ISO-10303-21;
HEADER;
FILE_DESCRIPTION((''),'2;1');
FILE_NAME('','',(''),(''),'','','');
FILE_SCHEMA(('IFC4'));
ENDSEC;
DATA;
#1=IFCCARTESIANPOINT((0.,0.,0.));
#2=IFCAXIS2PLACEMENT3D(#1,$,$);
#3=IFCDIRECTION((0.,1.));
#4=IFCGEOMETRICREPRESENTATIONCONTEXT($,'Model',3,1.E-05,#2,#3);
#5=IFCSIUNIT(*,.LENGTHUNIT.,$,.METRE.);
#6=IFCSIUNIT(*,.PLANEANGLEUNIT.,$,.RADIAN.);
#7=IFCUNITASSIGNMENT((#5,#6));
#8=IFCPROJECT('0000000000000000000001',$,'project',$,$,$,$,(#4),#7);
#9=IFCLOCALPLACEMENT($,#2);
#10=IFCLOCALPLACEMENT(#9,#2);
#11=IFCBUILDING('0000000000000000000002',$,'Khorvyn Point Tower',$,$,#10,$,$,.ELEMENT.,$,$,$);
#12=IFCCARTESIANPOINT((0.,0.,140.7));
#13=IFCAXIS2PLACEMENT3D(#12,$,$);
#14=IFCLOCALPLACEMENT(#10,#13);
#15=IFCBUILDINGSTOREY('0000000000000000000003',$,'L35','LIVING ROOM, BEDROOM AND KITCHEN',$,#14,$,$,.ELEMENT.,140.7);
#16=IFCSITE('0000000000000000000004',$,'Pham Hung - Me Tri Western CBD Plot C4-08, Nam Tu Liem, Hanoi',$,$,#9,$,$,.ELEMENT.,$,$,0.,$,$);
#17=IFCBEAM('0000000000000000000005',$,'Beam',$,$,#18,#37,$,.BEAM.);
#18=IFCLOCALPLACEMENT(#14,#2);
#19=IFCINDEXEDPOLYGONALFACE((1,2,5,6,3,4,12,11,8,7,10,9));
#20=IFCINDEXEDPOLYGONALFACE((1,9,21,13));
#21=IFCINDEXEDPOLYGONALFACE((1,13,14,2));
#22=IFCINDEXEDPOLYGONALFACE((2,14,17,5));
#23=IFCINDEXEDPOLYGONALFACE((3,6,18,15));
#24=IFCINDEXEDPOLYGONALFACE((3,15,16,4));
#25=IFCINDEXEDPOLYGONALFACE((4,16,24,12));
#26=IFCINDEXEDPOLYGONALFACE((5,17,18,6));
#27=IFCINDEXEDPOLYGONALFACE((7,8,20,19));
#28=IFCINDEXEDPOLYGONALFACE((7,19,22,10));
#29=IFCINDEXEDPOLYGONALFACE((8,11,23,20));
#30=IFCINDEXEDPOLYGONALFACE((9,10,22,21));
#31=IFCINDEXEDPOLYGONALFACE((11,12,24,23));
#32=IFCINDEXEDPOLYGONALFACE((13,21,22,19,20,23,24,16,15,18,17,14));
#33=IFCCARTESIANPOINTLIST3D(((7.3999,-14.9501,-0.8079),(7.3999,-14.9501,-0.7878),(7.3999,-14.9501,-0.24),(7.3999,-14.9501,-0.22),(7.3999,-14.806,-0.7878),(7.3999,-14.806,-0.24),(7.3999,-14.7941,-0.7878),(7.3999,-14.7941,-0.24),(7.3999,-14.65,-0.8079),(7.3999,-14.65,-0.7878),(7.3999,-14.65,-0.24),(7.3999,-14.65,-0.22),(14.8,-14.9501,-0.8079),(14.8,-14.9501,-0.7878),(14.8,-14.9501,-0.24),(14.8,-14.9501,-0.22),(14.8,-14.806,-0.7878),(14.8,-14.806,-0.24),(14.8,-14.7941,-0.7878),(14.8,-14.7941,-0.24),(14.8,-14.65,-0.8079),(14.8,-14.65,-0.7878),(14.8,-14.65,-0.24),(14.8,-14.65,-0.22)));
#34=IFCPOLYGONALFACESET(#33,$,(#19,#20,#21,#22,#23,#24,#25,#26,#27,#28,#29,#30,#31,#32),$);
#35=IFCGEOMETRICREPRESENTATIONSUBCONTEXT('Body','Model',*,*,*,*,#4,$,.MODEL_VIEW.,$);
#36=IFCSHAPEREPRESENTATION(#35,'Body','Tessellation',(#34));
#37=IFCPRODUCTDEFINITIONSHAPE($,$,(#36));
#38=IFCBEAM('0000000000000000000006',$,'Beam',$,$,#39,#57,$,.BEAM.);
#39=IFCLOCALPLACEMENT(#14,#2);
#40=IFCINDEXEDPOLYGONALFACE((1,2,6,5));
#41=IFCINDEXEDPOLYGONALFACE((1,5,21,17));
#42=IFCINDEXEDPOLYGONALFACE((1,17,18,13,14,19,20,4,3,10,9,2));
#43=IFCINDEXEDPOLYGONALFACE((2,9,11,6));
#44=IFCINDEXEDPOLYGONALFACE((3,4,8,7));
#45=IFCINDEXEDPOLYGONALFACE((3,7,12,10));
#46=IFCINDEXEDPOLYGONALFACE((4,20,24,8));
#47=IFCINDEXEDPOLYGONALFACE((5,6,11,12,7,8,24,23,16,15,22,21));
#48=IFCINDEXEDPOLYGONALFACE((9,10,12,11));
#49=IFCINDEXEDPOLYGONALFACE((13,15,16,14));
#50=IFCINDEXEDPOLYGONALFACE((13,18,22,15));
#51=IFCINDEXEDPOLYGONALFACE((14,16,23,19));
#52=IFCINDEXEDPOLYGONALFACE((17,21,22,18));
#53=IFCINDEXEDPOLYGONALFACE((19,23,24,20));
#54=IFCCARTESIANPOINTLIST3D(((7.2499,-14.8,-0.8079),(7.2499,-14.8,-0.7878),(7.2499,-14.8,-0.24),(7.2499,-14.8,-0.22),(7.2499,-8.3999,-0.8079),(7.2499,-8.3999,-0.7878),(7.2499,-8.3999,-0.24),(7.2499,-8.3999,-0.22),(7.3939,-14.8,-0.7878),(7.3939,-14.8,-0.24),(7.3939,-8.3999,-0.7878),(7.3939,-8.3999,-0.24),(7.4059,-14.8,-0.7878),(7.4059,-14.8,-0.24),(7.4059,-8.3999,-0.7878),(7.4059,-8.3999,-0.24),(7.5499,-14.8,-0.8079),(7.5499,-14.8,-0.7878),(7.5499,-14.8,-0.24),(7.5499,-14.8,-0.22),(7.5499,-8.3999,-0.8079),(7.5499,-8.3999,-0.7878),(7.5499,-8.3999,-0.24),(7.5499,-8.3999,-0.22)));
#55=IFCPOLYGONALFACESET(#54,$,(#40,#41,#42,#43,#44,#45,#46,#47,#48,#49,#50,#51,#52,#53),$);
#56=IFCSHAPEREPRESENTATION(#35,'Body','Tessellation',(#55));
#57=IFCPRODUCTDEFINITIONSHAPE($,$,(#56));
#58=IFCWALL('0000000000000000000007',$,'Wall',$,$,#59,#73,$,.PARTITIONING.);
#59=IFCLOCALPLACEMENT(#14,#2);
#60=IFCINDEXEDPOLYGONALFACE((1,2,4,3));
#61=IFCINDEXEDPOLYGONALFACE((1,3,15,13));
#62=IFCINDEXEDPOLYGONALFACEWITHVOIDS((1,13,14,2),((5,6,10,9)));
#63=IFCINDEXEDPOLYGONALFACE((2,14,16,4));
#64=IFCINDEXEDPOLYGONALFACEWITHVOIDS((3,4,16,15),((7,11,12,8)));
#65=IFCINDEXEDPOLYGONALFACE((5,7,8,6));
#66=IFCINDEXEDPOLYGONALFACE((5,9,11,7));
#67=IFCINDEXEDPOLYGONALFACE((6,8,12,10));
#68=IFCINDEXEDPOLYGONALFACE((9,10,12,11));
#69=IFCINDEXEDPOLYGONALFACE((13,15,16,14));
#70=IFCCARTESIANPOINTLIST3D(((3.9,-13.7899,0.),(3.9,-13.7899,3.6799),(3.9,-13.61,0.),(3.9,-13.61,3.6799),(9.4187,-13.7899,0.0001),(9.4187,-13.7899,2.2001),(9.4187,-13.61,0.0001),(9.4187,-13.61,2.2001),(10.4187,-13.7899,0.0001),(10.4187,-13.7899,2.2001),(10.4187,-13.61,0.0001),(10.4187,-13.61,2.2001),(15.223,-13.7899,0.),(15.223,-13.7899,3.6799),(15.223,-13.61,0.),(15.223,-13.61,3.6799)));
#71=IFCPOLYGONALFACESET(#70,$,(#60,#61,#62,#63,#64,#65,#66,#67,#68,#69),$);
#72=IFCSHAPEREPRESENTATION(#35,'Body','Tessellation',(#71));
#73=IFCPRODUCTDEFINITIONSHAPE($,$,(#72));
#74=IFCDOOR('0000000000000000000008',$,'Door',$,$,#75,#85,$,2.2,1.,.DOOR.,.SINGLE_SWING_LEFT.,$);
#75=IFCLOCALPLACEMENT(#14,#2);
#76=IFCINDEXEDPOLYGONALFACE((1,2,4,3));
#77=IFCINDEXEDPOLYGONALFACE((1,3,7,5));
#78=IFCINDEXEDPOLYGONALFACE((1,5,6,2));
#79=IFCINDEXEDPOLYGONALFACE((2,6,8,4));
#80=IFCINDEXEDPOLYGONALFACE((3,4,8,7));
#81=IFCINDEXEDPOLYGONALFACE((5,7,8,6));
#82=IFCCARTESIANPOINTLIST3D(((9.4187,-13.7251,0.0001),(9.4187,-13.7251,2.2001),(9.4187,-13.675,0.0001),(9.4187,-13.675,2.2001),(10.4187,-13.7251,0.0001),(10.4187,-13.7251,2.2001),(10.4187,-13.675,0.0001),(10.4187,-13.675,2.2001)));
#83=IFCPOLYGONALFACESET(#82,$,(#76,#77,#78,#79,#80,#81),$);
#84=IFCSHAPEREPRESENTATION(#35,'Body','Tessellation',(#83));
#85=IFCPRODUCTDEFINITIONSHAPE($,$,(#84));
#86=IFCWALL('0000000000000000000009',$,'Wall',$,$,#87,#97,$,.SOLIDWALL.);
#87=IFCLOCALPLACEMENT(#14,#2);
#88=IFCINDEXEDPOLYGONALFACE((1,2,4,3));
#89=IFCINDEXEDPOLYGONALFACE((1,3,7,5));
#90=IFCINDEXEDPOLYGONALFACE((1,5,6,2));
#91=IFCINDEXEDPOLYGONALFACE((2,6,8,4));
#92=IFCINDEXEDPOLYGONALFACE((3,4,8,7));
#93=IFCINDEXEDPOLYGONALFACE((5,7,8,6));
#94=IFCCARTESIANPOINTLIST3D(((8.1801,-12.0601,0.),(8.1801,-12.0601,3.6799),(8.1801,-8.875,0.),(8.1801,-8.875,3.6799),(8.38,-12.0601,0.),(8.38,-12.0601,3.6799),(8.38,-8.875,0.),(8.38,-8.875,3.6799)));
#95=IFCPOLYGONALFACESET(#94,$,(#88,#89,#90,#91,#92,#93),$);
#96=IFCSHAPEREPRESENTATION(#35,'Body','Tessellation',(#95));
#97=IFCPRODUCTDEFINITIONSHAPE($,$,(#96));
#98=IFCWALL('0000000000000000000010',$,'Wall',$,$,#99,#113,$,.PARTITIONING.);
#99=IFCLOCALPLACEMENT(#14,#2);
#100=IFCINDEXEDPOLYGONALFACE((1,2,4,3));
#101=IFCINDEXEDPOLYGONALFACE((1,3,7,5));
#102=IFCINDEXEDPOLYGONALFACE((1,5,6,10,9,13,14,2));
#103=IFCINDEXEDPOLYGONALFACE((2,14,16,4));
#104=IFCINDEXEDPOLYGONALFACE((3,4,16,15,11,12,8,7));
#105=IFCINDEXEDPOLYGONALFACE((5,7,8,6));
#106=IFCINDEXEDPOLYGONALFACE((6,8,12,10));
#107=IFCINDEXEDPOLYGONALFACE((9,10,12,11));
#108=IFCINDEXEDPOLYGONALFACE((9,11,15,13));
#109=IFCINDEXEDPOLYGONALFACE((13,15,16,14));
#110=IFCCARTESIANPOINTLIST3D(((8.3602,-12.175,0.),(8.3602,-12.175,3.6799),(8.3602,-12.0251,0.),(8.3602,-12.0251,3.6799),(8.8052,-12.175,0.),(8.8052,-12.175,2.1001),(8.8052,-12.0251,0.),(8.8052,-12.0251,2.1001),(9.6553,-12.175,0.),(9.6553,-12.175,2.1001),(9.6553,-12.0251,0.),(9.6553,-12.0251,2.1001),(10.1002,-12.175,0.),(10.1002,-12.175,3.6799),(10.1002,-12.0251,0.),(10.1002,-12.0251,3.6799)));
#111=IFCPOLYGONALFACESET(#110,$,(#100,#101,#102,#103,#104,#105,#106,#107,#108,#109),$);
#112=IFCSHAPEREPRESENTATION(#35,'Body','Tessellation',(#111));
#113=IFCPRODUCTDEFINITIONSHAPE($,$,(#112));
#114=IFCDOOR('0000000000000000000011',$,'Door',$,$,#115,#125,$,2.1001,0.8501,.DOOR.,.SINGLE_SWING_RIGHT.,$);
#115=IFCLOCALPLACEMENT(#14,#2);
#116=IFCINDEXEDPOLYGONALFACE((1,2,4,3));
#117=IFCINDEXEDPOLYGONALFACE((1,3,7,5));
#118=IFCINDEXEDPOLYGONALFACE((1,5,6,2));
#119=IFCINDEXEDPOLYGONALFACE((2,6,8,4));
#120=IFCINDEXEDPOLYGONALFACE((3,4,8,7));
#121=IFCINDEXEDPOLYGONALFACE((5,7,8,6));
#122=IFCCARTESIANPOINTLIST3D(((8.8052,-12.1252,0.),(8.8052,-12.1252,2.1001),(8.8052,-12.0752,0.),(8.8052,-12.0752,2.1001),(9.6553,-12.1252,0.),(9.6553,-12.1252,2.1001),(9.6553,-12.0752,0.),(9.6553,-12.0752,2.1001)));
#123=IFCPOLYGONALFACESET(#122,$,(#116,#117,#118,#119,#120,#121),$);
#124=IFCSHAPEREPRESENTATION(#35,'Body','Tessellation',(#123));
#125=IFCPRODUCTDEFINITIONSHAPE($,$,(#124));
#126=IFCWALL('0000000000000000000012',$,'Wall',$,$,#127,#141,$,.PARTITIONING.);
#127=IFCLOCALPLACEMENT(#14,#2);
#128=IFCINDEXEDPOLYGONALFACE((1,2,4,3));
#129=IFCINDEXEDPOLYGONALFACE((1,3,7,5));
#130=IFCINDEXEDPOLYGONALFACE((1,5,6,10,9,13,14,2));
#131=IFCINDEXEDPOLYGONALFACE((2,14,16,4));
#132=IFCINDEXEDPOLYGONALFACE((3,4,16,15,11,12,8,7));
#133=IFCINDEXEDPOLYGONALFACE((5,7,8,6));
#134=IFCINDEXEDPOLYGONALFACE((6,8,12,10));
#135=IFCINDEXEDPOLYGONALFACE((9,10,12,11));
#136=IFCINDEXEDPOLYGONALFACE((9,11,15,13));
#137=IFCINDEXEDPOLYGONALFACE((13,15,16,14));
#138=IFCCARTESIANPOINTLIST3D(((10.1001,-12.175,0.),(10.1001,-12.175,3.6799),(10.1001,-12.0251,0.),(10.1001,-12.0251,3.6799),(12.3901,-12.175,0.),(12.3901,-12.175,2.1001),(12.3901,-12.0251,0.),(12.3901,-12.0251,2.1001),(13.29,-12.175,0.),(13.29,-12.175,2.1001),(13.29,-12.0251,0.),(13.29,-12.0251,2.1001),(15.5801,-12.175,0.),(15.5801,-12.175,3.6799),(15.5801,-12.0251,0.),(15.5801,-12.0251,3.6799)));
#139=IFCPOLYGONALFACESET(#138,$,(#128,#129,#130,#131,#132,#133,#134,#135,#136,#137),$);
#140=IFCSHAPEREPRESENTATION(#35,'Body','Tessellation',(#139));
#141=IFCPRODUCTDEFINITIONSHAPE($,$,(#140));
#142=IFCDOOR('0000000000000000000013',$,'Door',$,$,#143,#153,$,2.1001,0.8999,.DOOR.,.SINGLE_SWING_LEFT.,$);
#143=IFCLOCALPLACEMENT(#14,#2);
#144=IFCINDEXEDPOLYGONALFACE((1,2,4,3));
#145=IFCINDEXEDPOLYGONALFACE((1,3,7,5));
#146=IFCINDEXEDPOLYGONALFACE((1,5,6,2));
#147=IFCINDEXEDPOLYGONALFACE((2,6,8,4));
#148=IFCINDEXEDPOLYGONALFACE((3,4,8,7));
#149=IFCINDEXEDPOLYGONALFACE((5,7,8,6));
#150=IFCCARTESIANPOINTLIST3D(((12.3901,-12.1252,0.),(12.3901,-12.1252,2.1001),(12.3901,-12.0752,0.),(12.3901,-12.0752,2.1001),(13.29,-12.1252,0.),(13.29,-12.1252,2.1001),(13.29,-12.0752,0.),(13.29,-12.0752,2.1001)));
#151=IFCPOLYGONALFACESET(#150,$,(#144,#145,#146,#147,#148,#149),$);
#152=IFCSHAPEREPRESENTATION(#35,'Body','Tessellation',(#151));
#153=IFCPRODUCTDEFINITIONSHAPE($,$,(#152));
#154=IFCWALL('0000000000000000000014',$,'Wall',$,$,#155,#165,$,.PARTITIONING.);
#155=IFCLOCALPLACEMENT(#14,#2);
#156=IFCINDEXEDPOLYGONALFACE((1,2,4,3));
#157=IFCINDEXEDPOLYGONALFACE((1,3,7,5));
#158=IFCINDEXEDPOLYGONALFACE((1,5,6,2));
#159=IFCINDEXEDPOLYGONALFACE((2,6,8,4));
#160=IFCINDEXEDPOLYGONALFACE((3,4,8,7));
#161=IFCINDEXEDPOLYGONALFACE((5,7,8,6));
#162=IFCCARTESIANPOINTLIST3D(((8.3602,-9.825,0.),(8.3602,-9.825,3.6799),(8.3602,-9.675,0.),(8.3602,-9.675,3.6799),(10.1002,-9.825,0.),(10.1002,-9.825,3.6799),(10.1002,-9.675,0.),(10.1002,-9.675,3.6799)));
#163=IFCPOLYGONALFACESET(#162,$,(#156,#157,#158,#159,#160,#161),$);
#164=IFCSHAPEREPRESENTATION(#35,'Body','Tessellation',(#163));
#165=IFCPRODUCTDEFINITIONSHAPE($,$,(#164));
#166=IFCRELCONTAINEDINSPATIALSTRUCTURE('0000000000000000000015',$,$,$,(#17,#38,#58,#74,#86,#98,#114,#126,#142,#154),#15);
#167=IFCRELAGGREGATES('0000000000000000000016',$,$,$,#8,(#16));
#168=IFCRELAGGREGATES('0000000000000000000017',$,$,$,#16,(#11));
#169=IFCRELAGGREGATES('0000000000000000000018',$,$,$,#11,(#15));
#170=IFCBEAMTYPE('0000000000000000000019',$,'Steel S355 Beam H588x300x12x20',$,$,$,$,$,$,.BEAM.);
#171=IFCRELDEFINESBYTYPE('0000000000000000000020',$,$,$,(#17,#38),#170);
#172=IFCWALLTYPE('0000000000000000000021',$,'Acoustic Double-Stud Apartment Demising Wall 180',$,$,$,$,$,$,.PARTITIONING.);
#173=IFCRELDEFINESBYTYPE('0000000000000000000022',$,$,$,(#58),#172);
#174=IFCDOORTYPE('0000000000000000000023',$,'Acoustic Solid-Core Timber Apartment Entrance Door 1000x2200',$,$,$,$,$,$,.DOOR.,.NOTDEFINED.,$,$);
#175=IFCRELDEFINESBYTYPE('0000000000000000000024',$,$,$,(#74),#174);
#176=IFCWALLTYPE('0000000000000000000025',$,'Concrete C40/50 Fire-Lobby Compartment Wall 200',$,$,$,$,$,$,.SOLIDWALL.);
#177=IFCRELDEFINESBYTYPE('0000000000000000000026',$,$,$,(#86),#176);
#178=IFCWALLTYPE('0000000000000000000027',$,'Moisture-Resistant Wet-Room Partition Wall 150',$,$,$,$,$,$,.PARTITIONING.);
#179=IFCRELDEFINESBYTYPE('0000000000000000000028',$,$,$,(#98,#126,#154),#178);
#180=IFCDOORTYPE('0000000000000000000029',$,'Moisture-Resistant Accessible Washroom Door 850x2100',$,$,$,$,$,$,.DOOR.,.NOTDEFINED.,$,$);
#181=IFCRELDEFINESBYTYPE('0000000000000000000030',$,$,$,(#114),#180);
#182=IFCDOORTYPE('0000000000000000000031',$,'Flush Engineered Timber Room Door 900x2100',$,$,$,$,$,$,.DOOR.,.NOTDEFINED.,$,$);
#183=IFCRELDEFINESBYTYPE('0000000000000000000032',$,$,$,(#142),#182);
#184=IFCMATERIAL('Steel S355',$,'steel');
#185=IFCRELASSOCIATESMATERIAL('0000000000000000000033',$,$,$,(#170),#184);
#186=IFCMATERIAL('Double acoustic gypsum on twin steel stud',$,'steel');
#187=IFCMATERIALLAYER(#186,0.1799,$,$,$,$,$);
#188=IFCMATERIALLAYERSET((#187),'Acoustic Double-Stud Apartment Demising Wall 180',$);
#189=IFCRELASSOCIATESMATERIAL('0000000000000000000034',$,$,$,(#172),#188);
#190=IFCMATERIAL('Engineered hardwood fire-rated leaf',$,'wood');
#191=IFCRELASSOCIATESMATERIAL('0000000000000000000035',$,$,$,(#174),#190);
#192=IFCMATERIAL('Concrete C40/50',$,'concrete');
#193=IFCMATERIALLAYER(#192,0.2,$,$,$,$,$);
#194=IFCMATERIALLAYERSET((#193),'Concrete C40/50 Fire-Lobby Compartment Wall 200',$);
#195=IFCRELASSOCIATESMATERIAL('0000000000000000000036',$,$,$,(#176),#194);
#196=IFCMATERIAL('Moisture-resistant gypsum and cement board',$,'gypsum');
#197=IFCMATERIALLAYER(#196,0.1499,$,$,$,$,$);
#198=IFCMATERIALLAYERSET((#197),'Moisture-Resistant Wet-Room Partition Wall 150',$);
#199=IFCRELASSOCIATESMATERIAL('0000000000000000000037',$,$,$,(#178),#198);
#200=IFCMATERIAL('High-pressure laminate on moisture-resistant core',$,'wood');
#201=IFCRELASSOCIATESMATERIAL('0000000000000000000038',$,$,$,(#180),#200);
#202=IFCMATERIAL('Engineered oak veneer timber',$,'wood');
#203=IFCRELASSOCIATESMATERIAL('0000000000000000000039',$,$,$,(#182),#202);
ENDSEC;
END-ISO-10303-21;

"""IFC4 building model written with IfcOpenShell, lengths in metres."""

from ifc_helpers import new_model, si_unit, direction, frame, frame_2d, origin, origin_2d, place, context, subcontext, project, spatial, rectangle, i_section, extrude, material, layer, layer_set, material_profile, profile_set, type_object, element, fill, save


model = new_model("IFC4")

# Units and contexts
model_context = context("Model", 3, precision=1e-05, world=origin(), true_north=direction((0.0, 1.0)))
body_context = subcontext(model_context, "Body", "Model", "MODEL_VIEW")
ifc_project = project(units=[si_unit("LENGTHUNIT", "METRE"), si_unit("PLANEANGLEUNIT", "RADIAN")], contexts=[model_context])

# Site, building, storey
site_placement = place(None, origin())
site = spatial("IfcSite", under=ifc_project, at=site_placement, Name="Pham Hung - Me Tri Western CBD Plot C4-08, Nam Tu Liem, Hanoi", CompositionType="ELEMENT", RefElevation=0.0)
building_placement = place(site_placement, origin())
building = spatial("IfcBuilding", under=site, at=building_placement, Name="Khorvyn Point Tower", CompositionType="ELEMENT")
storey_placement = place(building_placement, frame((0.0, 0.0, 140.7)))
storey = spatial("IfcBuildingStorey", under=building, at=storey_placement, Name="L35", Description="LIVING ROOM, BEDROOM AND KITCHEN", CompositionType="ELEMENT", Elevation=140.7)

# Beams
ifc_material_1 = material(Name="Steel S355", Category="steel")
ifc_material_profile = material_profile(ifc_material_1, i_section(OverallWidth=0.3, OverallDepth=0.5879, WebThickness=0.012, FlangeThickness=0.02, at=origin_2d()))
ifc_profile_set = profile_set([ifc_material_profile], Name="Steel S355 H588x300x12x20")
beam_type = type_object("IfcBeamType", Name="Steel S355 Beam H588x300x12x20", PredefinedType="BEAM", material=ifc_profile_set)
beam_1_placement = place(storey_placement, frame((7.3999, -14.8, -0.5139), z_axis=(1.0, 0.0, 0.0), x_axis=(0.0, 1.0, 0.0)))
element("IfcBeam", 1, at=beam_1_placement, inside=storey, type_object=beam_type, Name="Beam", PredefinedType="BEAM", context=body_context, shape_type="SweptSolid", body=[
    extrude(i_section(OverallWidth=0.3, OverallDepth=0.5879, WebThickness=0.012, FlangeThickness=0.02, at=origin_2d()), origin(), (0.0, 0.0, 1.0), 7.4001),
])
beam_2_placement = place(storey_placement, frame((7.3999, -14.8, -0.5139), z_axis=(0.0, 1.0, 0.0), x_axis=(-1.0, 0.0, 0.0)))
element("IfcBeam", 2, at=beam_2_placement, inside=storey, type_object=beam_type, Name="Beam", PredefinedType="BEAM", context=body_context, shape_type="SweptSolid", body=[
    extrude(i_section(OverallWidth=0.3, OverallDepth=0.5879, WebThickness=0.012, FlangeThickness=0.02, at=origin_2d()), origin(), (0.0, 0.0, 1.0), 6.4001),
])

# Wall, opening, door
ifc_material_2 = material(Name="Double acoustic gypsum on twin steel stud", Category="steel")
ifc_layer_1 = layer(ifc_material_2, 0.1799)
ifc_layer_set_1 = layer_set([ifc_layer_1], Name="Acoustic Double-Stud Apartment Demising Wall 180")
wall_type_1 = type_object("IfcWallType", Name="Acoustic Double-Stud Apartment Demising Wall 180", PredefinedType="PARTITIONING", material=ifc_layer_set_1)
wall_1_placement = place(storey_placement, frame((3.8999, -13.7, 0.0), z_axis=(0.0, 0.0, 1.0), x_axis=(1.0, 0.0, 0.0)))
wall_1 = element("IfcWall", 3, at=wall_1_placement, inside=storey, type_object=wall_type_1, Name="Wall", PredefinedType="PARTITIONING", context=body_context, shape_type="SweptSolid", body=[
    extrude(rectangle(XDim=11.323, YDim=0.1799, at=frame_2d((5.6616, 0.0))), origin(), (0.0, 0.0, 1.0), 3.6799),
])
opening_1_placement = place(wall_1_placement, frame((5.5188, 0.0, 0.0)))
opening_1 = element("IfcOpeningElement", 4, at=opening_1_placement, cuts=wall_1, PredefinedType="OPENING", context=body_context, shape_type="SweptSolid", body=[
    extrude(rectangle(XDim=1.0, YDim=2.2, at=frame_2d((0.5, 1.1001))), frame((0.0, 0.0999, 0.0), z_axis=(0.0, -1.0, 0.0), x_axis=(1.0, 0.0, 0.0)), (0.0, 0.0, 1.0), 0.2),
])
ifc_material_3 = material(Name="Engineered hardwood fire-rated leaf", Category="wood")
door_type_1 = type_object("IfcDoorType", Name="Acoustic Solid-Core Timber Apartment Entrance Door 1000x2200", OperationType="NOTDEFINED", PredefinedType="DOOR", material=ifc_material_3)
door_1_placement = place(opening_1_placement, origin())
door_1 = element("IfcDoor", 5, at=door_1_placement, inside=storey, type_object=door_type_1, Name="Door", OperationType="SINGLE_SWING_LEFT", OverallHeight=2.2, OverallWidth=1.0, PredefinedType="DOOR", context=body_context, shape_type="SweptSolid", body=[
    extrude(rectangle(XDim=1.0, YDim=2.2, at=frame_2d((0.5, 1.1001))), frame((0.0, 0.0249, 0.0), z_axis=(0.0, -1.0, 0.0), x_axis=(1.0, 0.0, 0.0)), (0.0, 0.0, 1.0), 0.05),
])
fill(opening_1, door_1)
ifc_material_4 = material(Name="Concrete C40/50", Category="concrete")
ifc_layer_2 = layer(ifc_material_4, 0.2)
ifc_layer_set_2 = layer_set([ifc_layer_2], Name="Concrete C40/50 Fire-Lobby Compartment Wall 200")
wall_type_2 = type_object("IfcWallType", Name="Concrete C40/50 Fire-Lobby Compartment Wall 200", PredefinedType="SOLIDWALL", material=ifc_layer_set_2)

# Wall
wall_2_placement = place(storey_placement, frame((8.28, -12.0601, 0.0), z_axis=(0.0, 0.0, 1.0), x_axis=(0.0, 1.0, 0.0)))
element("IfcWall", 6, at=wall_2_placement, inside=storey, type_object=wall_type_2, Name="Wall", PredefinedType="SOLIDWALL", context=body_context, shape_type="SweptSolid", body=[
    extrude(rectangle(XDim=3.1851, YDim=0.2, at=frame_2d((1.5925, 0.0))), origin(), (0.0, 0.0, 1.0), 3.6799),
])

# Walls, openings, doors
ifc_material_5 = material(Name="Moisture-resistant gypsum and cement board", Category="gypsum")
ifc_layer_3 = layer(ifc_material_5, 0.1499)
ifc_layer_set_3 = layer_set([ifc_layer_3], Name="Moisture-Resistant Wet-Room Partition Wall 150")
wall_type_3 = type_object("IfcWallType", Name="Moisture-Resistant Wet-Room Partition Wall 150", PredefinedType="PARTITIONING", material=ifc_layer_set_3)
wall_3_placement = place(storey_placement, frame((8.3601, -12.1001, 0.0), z_axis=(0.0, 0.0, 1.0), x_axis=(1.0, 0.0, 0.0)))
wall_3 = element("IfcWall", 7, at=wall_3_placement, inside=storey, type_object=wall_type_3, Name="Wall", PredefinedType="PARTITIONING", context=body_context, shape_type="SweptSolid", body=[
    extrude(rectangle(XDim=1.74, YDim=0.1499, at=frame_2d((0.8701, 0.0))), origin(), (0.0, 0.0, 1.0), 3.6799),
])
opening_2_placement = place(wall_3_placement, frame((0.4451, 0.0, 0.0)))
opening_2 = element("IfcOpeningElement", 8, at=opening_2_placement, cuts=wall_3, PredefinedType="OPENING", context=body_context, shape_type="SweptSolid", body=[
    extrude(rectangle(XDim=0.8501, YDim=2.1001, at=frame_2d((0.425, 1.05))), frame((0.0, 0.085, 0.0), z_axis=(0.0, -1.0, 0.0), x_axis=(1.0, 0.0, 0.0)), (0.0, 0.0, 1.0), 0.1699),
])
ifc_material_6 = material(Name="High-pressure laminate on moisture-resistant core", Category="wood")
door_type_2 = type_object("IfcDoorType", Name="Moisture-Resistant Accessible Washroom Door 850x2100", OperationType="NOTDEFINED", PredefinedType="DOOR", material=ifc_material_6)
door_2_placement = place(opening_2_placement, origin())
door_2 = element("IfcDoor", 9, at=door_2_placement, inside=storey, type_object=door_type_2, Name="Door", OperationType="SINGLE_SWING_RIGHT", OverallHeight=2.1001, OverallWidth=0.8501, PredefinedType="DOOR", context=body_context, shape_type="SweptSolid", body=[
    extrude(rectangle(XDim=0.8501, YDim=2.1001, at=frame_2d((0.425, 1.05))), frame((0.0, 0.0249, 0.0), z_axis=(0.0, -1.0, 0.0), x_axis=(1.0, 0.0, 0.0)), (0.0, 0.0, 1.0), 0.05),
])
fill(opening_2, door_2)
wall_4_placement = place(storey_placement, frame((10.1001, -12.1001, 0.0), z_axis=(0.0, 0.0, 1.0), x_axis=(1.0, 0.0, 0.0)))
wall_4 = element("IfcWall", 10, at=wall_4_placement, inside=storey, type_object=wall_type_3, Name="Wall", PredefinedType="PARTITIONING", context=body_context, shape_type="SweptSolid", body=[
    extrude(rectangle(XDim=5.48, YDim=0.1499, at=frame_2d((2.74, 0.0))), origin(), (0.0, 0.0, 1.0), 3.6799),
])
opening_3_placement = place(wall_4_placement, frame((2.29, 0.0, 0.0)))
opening_3 = element("IfcOpeningElement", 11, at=opening_3_placement, cuts=wall_4, PredefinedType="OPENING", context=body_context, shape_type="SweptSolid", body=[
    extrude(rectangle(XDim=0.8999, YDim=2.1001, at=frame_2d((0.45, 1.05))), frame((0.0, 0.085, 0.0), z_axis=(0.0, -1.0, 0.0), x_axis=(1.0, 0.0, 0.0)), (0.0, 0.0, 1.0), 0.1699),
])
ifc_material_7 = material(Name="Engineered oak veneer timber", Category="wood")
door_type_3 = type_object("IfcDoorType", Name="Flush Engineered Timber Room Door 900x2100", OperationType="NOTDEFINED", PredefinedType="DOOR", material=ifc_material_7)
door_3_placement = place(opening_3_placement, origin())
door_3 = element("IfcDoor", 12, at=door_3_placement, inside=storey, type_object=door_type_3, Name="Door", OperationType="SINGLE_SWING_LEFT", OverallHeight=2.1001, OverallWidth=0.8999, PredefinedType="DOOR", context=body_context, shape_type="SweptSolid", body=[
    extrude(rectangle(XDim=0.8999, YDim=2.1001, at=frame_2d((0.45, 1.05))), frame((0.0, 0.0249, 0.0), z_axis=(0.0, -1.0, 0.0), x_axis=(1.0, 0.0, 0.0)), (0.0, 0.0, 1.0), 0.05),
])
fill(opening_3, door_3)

# Wall
wall_5_placement = place(storey_placement, frame((8.3601, -9.75, 0.0), z_axis=(0.0, 0.0, 1.0), x_axis=(1.0, 0.0, 0.0)))
element("IfcWall", 13, at=wall_5_placement, inside=storey, type_object=wall_type_3, Name="Wall", PredefinedType="PARTITIONING", context=body_context, shape_type="SweptSolid", body=[
    extrude(rectangle(XDim=1.74, YDim=0.1499, at=frame_2d((0.8701, 0.0))), origin(), (0.0, 0.0, 1.0), 3.6799),
])

save(model, "model.ifc")
